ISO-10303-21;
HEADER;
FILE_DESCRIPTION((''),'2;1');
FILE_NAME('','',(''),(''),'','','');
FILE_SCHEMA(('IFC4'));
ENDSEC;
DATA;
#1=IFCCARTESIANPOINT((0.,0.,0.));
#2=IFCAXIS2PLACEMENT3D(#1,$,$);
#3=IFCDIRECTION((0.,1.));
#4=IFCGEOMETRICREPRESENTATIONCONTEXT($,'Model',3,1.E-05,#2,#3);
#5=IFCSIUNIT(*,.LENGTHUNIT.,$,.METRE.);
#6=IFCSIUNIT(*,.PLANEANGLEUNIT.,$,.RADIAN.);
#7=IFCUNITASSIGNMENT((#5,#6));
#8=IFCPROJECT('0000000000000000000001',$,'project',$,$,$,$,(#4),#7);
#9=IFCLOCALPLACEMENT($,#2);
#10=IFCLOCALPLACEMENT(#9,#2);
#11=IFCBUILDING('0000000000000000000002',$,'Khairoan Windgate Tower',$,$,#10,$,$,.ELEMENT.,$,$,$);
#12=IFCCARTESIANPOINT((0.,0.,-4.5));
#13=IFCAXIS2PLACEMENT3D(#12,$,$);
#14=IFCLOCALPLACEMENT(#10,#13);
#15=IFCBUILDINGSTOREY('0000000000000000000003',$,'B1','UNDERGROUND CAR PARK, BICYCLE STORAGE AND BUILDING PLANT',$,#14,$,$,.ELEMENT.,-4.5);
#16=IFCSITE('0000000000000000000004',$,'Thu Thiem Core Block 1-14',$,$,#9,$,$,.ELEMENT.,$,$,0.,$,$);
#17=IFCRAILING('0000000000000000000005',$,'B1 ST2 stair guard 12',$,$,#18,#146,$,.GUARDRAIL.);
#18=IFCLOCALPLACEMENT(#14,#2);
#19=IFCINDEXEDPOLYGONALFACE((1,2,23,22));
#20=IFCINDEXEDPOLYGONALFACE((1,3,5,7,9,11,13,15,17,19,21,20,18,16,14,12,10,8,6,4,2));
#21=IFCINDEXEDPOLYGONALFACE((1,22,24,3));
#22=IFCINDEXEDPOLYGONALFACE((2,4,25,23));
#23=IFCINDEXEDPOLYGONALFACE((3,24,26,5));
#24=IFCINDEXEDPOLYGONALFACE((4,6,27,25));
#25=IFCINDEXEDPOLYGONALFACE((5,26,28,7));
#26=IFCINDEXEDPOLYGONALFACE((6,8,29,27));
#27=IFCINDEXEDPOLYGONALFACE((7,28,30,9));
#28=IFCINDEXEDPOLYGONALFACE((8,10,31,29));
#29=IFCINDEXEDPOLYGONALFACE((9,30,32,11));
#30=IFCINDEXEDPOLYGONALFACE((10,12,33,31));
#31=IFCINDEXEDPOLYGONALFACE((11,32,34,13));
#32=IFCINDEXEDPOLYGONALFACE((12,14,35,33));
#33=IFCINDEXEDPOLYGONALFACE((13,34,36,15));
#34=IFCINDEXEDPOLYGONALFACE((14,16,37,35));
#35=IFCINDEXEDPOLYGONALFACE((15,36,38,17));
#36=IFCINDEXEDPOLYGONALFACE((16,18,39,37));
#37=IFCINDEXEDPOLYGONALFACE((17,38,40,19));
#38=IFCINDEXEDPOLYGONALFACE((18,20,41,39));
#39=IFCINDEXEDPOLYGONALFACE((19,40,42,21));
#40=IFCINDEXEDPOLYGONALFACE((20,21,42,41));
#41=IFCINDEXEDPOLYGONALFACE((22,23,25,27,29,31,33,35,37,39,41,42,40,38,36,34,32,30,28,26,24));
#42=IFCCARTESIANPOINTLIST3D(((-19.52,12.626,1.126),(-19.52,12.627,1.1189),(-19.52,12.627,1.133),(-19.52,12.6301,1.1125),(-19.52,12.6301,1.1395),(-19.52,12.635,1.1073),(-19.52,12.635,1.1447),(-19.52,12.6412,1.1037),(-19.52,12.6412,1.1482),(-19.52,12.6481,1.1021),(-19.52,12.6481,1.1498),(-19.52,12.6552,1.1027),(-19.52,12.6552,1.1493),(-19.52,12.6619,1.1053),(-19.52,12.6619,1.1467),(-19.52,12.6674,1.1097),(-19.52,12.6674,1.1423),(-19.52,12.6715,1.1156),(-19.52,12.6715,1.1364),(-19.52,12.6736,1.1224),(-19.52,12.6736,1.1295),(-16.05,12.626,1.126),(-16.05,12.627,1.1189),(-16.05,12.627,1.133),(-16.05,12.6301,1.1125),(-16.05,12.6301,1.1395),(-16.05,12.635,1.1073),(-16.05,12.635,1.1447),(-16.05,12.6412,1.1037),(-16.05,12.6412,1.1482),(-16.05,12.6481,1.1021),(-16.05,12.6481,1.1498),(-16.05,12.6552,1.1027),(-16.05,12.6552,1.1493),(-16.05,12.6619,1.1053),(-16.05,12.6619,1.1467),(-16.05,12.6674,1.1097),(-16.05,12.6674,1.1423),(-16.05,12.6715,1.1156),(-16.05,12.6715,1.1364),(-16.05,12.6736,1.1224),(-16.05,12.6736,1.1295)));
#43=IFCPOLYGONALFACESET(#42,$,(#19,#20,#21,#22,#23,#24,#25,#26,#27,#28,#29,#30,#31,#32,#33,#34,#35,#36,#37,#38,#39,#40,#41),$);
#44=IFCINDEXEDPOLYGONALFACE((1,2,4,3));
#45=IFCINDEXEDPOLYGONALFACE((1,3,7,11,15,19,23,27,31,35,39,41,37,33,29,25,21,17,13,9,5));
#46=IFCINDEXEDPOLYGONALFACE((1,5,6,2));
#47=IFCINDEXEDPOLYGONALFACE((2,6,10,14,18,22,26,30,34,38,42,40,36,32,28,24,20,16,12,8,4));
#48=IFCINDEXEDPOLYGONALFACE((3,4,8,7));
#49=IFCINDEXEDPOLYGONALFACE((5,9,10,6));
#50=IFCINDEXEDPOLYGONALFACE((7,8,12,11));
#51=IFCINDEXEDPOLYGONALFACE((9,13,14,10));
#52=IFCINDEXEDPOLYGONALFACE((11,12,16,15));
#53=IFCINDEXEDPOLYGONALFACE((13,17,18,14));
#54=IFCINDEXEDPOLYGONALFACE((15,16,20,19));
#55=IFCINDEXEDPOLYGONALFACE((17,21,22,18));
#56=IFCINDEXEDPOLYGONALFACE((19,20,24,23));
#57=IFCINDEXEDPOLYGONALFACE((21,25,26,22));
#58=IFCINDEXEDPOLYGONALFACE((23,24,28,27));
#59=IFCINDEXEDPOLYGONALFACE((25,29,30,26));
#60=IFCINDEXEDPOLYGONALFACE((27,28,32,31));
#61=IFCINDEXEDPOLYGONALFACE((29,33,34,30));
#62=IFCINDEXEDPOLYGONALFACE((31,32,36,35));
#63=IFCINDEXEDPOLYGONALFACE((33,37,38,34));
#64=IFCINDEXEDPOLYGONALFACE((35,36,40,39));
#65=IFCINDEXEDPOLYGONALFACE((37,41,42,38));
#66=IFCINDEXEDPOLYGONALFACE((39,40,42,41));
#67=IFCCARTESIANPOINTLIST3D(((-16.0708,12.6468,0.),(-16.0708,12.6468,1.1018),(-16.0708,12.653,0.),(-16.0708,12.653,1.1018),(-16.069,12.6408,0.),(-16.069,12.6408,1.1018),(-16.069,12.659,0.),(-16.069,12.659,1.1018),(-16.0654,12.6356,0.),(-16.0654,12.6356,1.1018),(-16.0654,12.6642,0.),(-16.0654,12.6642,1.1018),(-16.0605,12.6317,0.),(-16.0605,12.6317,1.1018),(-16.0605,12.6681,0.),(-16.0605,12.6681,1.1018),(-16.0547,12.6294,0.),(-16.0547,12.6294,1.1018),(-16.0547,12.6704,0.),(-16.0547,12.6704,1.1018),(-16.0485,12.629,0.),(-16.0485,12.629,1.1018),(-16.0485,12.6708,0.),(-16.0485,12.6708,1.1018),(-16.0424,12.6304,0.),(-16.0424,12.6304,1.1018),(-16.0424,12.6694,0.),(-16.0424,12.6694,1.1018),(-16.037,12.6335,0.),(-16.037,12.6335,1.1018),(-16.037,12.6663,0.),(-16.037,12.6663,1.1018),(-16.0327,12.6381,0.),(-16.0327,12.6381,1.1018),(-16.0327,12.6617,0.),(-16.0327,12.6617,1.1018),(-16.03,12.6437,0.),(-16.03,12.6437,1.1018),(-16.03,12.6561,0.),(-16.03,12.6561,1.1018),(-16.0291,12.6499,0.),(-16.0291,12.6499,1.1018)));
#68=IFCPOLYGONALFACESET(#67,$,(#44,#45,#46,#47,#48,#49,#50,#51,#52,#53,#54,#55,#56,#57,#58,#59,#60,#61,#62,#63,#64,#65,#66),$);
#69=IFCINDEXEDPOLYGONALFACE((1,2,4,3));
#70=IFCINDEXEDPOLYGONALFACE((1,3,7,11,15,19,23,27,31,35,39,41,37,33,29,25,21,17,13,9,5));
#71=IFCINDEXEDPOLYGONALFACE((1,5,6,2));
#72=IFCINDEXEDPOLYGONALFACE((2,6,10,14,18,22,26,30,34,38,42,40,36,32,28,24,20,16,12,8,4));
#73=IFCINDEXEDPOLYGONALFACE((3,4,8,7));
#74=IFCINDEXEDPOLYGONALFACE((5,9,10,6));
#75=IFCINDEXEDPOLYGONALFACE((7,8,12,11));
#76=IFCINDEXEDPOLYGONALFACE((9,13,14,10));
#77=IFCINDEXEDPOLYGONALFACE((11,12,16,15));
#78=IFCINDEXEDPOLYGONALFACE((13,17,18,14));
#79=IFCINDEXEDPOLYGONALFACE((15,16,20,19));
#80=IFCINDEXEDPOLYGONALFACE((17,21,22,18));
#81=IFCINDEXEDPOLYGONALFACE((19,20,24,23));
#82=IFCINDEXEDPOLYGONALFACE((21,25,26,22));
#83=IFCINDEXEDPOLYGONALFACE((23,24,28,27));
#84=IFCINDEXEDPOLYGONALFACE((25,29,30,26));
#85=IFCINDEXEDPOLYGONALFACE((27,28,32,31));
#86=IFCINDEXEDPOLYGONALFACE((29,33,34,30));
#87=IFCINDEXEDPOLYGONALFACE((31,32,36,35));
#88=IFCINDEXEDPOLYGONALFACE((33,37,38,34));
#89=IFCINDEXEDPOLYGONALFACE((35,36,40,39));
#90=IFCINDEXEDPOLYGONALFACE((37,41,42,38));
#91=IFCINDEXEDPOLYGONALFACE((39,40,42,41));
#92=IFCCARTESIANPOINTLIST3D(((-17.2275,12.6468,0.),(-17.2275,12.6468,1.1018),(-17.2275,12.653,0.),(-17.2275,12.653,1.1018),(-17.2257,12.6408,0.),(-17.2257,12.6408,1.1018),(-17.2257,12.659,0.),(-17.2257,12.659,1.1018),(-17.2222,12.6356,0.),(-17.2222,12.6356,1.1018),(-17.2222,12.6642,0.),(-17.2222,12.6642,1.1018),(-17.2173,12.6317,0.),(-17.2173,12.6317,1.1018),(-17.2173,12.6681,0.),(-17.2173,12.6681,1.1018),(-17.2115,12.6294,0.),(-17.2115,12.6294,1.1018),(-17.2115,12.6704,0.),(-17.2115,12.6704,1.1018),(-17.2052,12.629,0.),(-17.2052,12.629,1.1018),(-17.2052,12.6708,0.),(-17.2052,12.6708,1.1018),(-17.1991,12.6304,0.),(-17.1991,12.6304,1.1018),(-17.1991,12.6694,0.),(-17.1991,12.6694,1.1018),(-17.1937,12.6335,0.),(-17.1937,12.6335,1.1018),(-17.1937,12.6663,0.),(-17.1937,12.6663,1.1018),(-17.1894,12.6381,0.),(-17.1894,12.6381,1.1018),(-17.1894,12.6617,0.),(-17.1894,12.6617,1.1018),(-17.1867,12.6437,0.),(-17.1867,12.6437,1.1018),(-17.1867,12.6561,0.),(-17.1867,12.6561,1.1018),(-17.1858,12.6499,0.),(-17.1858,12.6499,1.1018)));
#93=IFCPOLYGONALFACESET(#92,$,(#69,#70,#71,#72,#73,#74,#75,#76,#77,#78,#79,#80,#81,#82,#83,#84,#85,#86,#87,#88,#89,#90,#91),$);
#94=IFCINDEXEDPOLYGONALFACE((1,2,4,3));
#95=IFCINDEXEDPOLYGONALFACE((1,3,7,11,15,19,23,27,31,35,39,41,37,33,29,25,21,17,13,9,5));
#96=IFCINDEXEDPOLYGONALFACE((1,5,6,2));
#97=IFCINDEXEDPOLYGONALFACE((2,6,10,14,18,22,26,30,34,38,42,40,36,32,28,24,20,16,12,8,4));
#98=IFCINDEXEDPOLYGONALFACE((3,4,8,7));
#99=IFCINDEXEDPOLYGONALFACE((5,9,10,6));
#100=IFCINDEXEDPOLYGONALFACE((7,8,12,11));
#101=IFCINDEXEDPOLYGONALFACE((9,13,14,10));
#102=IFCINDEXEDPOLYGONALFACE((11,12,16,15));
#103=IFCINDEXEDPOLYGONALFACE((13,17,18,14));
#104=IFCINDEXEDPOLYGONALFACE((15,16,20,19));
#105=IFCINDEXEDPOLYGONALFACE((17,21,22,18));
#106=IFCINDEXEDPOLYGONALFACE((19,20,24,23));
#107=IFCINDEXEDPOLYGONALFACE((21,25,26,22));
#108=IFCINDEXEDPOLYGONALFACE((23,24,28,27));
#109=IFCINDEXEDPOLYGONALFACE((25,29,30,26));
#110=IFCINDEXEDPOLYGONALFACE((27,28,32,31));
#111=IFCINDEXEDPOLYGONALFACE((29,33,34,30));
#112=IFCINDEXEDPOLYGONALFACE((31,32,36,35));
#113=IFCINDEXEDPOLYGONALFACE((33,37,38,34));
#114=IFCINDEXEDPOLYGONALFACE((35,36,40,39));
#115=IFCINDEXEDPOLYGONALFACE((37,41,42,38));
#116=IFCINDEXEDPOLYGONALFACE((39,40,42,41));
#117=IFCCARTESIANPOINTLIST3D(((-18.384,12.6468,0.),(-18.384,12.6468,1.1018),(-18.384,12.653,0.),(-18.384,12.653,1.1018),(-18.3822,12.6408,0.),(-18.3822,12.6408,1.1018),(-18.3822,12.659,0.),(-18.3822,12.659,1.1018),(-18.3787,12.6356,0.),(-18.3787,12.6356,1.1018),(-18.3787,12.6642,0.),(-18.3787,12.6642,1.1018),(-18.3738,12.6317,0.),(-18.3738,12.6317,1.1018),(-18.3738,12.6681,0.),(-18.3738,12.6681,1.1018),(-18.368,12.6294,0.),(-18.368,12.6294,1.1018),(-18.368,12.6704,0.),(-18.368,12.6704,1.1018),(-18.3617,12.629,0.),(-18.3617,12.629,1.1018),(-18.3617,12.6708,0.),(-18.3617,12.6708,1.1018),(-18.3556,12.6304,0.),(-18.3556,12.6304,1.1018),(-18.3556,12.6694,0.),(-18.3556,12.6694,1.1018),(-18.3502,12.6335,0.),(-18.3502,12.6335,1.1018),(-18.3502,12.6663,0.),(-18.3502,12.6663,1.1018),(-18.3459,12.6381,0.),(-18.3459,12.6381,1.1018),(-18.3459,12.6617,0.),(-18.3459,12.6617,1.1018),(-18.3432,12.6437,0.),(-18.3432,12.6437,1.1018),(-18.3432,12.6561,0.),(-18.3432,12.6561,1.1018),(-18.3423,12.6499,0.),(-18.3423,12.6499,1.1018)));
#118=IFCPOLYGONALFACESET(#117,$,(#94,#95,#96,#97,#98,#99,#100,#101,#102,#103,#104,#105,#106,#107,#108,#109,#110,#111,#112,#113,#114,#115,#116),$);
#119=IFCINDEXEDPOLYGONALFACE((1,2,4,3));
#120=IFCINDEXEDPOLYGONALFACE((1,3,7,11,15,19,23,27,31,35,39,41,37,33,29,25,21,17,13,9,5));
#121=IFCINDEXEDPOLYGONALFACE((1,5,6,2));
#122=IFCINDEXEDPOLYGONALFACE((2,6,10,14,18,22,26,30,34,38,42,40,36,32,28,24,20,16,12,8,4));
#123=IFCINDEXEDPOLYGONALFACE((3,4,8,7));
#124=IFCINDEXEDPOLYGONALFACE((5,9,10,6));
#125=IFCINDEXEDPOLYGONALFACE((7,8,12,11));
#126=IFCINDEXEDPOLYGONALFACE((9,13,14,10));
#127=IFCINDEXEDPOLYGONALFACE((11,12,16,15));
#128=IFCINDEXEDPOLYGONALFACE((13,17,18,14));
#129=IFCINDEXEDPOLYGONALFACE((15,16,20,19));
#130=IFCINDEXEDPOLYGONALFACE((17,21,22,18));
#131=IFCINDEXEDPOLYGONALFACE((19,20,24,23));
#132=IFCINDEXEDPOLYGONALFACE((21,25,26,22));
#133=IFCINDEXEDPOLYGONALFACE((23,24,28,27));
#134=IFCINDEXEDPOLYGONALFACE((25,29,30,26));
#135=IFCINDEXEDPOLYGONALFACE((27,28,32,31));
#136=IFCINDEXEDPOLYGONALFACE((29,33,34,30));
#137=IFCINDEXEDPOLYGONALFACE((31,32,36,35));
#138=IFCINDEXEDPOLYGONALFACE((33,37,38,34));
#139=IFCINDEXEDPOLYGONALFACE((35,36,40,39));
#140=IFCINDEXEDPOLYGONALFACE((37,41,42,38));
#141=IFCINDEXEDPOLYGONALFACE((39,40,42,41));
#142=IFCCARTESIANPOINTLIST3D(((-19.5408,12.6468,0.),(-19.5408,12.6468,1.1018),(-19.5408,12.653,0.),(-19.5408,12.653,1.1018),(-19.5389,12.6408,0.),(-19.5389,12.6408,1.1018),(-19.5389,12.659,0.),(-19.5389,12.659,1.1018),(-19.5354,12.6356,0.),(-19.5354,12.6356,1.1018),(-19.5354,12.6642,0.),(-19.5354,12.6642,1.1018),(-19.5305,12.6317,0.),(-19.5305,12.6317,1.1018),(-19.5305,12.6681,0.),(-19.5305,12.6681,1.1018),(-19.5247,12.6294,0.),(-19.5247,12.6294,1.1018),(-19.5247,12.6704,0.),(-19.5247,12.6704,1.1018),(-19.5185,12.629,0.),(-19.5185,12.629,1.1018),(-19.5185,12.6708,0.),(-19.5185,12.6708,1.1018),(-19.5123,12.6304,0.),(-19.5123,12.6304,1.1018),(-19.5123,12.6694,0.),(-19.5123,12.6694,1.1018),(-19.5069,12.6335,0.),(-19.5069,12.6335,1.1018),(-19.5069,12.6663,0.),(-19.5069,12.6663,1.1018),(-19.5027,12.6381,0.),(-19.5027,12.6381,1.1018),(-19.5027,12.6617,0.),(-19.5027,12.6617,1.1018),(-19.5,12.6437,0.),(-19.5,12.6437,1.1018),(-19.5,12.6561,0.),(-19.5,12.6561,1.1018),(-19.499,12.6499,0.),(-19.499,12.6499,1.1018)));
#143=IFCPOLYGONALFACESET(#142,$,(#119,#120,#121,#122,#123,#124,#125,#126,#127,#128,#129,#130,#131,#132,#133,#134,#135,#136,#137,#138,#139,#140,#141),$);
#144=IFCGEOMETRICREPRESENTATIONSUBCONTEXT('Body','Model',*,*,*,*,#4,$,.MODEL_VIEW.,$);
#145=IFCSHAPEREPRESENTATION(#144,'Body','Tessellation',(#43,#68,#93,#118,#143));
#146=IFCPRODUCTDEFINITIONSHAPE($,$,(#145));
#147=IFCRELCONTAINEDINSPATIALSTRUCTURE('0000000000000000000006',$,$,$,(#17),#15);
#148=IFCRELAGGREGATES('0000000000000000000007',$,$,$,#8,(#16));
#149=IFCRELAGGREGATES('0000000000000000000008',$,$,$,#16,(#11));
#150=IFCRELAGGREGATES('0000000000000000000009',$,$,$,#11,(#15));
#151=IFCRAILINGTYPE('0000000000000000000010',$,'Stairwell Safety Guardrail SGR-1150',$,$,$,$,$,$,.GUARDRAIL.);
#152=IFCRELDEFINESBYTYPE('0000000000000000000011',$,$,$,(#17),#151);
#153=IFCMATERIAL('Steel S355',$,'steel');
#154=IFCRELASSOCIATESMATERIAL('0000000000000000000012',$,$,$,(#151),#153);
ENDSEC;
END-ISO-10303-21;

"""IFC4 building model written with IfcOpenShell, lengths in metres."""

from ifc_helpers import new_model, si_unit, direction, frame, origin, origin_2d, place, context, subcontext, project, spatial, circle, extrude, material, type_object, element, save


model = new_model("IFC4")

# Units and contexts
model_context = context("Model", 3, precision=1e-05, world=origin(), true_north=direction((0.0, 1.0)))
body_context = subcontext(model_context, "Body", "Model", "MODEL_VIEW")
ifc_project = project(units=[si_unit("LENGTHUNIT", "METRE"), si_unit("PLANEANGLEUNIT", "RADIAN")], contexts=[model_context])

# Site, building, storey
site_placement = place(None, origin())
site = spatial("IfcSite", under=ifc_project, at=site_placement, Name="Thu Thiem Core Block 1-14", CompositionType="ELEMENT", RefElevation=0.0)
building_placement = place(site_placement, origin())
building = spatial("IfcBuilding", under=site, at=building_placement, Name="Khairoan Windgate Tower", CompositionType="ELEMENT")
storey_placement = place(building_placement, frame((0.0, 0.0, -4.5)))
storey = spatial("IfcBuildingStorey", under=building, at=storey_placement, Name="B1", Description="UNDERGROUND CAR PARK, BICYCLE STORAGE AND BUILDING PLANT", CompositionType="ELEMENT", Elevation=-4.5)

# Railing
ifc_material_1 = material(Name="Steel S355", Category="steel")
railing_type = type_object("IfcRailingType", Name="Stairwell Safety Guardrail SGR-1150", PredefinedType="GUARDRAIL", material=ifc_material_1)
railing_1_placement = place(storey_placement, frame((-16.05, 12.6499, 0.0)))
element("IfcRailing", 1, at=railing_1_placement, inside=storey, type_object=railing_type, Name="B1 ST2 stair guard 12", PredefinedType="GUARDRAIL", context=body_context, shape_type="SweptSolid", body=[
    extrude(circle(Radius=0.0239, at=origin_2d()), frame((0.0, 0.0, 1.126), z_axis=(-1.0, 0.0, 0.0), x_axis=(0.0, -1.0, 0.0)), (0.0, 0.0, 1.0), 3.47),
    extrude(circle(Radius=0.021, at=origin_2d()), origin(), (0.0, 0.0, 1.0), 1.1018),
    extrude(circle(Radius=0.021, at=origin_2d()), frame((-1.1567, 0.0, 0.0)), (0.0, 0.0, 1.0), 1.1018),
    extrude(circle(Radius=0.021, at=origin_2d()), frame((-2.3132, 0.0, 0.0)), (0.0, 0.0, 1.0), 1.1018),
    extrude(circle(Radius=0.021, at=origin_2d()), frame((-3.47, 0.0, 0.0)), (0.0, 0.0, 1.0), 1.1018),
])

save(model, "model.ifc")
